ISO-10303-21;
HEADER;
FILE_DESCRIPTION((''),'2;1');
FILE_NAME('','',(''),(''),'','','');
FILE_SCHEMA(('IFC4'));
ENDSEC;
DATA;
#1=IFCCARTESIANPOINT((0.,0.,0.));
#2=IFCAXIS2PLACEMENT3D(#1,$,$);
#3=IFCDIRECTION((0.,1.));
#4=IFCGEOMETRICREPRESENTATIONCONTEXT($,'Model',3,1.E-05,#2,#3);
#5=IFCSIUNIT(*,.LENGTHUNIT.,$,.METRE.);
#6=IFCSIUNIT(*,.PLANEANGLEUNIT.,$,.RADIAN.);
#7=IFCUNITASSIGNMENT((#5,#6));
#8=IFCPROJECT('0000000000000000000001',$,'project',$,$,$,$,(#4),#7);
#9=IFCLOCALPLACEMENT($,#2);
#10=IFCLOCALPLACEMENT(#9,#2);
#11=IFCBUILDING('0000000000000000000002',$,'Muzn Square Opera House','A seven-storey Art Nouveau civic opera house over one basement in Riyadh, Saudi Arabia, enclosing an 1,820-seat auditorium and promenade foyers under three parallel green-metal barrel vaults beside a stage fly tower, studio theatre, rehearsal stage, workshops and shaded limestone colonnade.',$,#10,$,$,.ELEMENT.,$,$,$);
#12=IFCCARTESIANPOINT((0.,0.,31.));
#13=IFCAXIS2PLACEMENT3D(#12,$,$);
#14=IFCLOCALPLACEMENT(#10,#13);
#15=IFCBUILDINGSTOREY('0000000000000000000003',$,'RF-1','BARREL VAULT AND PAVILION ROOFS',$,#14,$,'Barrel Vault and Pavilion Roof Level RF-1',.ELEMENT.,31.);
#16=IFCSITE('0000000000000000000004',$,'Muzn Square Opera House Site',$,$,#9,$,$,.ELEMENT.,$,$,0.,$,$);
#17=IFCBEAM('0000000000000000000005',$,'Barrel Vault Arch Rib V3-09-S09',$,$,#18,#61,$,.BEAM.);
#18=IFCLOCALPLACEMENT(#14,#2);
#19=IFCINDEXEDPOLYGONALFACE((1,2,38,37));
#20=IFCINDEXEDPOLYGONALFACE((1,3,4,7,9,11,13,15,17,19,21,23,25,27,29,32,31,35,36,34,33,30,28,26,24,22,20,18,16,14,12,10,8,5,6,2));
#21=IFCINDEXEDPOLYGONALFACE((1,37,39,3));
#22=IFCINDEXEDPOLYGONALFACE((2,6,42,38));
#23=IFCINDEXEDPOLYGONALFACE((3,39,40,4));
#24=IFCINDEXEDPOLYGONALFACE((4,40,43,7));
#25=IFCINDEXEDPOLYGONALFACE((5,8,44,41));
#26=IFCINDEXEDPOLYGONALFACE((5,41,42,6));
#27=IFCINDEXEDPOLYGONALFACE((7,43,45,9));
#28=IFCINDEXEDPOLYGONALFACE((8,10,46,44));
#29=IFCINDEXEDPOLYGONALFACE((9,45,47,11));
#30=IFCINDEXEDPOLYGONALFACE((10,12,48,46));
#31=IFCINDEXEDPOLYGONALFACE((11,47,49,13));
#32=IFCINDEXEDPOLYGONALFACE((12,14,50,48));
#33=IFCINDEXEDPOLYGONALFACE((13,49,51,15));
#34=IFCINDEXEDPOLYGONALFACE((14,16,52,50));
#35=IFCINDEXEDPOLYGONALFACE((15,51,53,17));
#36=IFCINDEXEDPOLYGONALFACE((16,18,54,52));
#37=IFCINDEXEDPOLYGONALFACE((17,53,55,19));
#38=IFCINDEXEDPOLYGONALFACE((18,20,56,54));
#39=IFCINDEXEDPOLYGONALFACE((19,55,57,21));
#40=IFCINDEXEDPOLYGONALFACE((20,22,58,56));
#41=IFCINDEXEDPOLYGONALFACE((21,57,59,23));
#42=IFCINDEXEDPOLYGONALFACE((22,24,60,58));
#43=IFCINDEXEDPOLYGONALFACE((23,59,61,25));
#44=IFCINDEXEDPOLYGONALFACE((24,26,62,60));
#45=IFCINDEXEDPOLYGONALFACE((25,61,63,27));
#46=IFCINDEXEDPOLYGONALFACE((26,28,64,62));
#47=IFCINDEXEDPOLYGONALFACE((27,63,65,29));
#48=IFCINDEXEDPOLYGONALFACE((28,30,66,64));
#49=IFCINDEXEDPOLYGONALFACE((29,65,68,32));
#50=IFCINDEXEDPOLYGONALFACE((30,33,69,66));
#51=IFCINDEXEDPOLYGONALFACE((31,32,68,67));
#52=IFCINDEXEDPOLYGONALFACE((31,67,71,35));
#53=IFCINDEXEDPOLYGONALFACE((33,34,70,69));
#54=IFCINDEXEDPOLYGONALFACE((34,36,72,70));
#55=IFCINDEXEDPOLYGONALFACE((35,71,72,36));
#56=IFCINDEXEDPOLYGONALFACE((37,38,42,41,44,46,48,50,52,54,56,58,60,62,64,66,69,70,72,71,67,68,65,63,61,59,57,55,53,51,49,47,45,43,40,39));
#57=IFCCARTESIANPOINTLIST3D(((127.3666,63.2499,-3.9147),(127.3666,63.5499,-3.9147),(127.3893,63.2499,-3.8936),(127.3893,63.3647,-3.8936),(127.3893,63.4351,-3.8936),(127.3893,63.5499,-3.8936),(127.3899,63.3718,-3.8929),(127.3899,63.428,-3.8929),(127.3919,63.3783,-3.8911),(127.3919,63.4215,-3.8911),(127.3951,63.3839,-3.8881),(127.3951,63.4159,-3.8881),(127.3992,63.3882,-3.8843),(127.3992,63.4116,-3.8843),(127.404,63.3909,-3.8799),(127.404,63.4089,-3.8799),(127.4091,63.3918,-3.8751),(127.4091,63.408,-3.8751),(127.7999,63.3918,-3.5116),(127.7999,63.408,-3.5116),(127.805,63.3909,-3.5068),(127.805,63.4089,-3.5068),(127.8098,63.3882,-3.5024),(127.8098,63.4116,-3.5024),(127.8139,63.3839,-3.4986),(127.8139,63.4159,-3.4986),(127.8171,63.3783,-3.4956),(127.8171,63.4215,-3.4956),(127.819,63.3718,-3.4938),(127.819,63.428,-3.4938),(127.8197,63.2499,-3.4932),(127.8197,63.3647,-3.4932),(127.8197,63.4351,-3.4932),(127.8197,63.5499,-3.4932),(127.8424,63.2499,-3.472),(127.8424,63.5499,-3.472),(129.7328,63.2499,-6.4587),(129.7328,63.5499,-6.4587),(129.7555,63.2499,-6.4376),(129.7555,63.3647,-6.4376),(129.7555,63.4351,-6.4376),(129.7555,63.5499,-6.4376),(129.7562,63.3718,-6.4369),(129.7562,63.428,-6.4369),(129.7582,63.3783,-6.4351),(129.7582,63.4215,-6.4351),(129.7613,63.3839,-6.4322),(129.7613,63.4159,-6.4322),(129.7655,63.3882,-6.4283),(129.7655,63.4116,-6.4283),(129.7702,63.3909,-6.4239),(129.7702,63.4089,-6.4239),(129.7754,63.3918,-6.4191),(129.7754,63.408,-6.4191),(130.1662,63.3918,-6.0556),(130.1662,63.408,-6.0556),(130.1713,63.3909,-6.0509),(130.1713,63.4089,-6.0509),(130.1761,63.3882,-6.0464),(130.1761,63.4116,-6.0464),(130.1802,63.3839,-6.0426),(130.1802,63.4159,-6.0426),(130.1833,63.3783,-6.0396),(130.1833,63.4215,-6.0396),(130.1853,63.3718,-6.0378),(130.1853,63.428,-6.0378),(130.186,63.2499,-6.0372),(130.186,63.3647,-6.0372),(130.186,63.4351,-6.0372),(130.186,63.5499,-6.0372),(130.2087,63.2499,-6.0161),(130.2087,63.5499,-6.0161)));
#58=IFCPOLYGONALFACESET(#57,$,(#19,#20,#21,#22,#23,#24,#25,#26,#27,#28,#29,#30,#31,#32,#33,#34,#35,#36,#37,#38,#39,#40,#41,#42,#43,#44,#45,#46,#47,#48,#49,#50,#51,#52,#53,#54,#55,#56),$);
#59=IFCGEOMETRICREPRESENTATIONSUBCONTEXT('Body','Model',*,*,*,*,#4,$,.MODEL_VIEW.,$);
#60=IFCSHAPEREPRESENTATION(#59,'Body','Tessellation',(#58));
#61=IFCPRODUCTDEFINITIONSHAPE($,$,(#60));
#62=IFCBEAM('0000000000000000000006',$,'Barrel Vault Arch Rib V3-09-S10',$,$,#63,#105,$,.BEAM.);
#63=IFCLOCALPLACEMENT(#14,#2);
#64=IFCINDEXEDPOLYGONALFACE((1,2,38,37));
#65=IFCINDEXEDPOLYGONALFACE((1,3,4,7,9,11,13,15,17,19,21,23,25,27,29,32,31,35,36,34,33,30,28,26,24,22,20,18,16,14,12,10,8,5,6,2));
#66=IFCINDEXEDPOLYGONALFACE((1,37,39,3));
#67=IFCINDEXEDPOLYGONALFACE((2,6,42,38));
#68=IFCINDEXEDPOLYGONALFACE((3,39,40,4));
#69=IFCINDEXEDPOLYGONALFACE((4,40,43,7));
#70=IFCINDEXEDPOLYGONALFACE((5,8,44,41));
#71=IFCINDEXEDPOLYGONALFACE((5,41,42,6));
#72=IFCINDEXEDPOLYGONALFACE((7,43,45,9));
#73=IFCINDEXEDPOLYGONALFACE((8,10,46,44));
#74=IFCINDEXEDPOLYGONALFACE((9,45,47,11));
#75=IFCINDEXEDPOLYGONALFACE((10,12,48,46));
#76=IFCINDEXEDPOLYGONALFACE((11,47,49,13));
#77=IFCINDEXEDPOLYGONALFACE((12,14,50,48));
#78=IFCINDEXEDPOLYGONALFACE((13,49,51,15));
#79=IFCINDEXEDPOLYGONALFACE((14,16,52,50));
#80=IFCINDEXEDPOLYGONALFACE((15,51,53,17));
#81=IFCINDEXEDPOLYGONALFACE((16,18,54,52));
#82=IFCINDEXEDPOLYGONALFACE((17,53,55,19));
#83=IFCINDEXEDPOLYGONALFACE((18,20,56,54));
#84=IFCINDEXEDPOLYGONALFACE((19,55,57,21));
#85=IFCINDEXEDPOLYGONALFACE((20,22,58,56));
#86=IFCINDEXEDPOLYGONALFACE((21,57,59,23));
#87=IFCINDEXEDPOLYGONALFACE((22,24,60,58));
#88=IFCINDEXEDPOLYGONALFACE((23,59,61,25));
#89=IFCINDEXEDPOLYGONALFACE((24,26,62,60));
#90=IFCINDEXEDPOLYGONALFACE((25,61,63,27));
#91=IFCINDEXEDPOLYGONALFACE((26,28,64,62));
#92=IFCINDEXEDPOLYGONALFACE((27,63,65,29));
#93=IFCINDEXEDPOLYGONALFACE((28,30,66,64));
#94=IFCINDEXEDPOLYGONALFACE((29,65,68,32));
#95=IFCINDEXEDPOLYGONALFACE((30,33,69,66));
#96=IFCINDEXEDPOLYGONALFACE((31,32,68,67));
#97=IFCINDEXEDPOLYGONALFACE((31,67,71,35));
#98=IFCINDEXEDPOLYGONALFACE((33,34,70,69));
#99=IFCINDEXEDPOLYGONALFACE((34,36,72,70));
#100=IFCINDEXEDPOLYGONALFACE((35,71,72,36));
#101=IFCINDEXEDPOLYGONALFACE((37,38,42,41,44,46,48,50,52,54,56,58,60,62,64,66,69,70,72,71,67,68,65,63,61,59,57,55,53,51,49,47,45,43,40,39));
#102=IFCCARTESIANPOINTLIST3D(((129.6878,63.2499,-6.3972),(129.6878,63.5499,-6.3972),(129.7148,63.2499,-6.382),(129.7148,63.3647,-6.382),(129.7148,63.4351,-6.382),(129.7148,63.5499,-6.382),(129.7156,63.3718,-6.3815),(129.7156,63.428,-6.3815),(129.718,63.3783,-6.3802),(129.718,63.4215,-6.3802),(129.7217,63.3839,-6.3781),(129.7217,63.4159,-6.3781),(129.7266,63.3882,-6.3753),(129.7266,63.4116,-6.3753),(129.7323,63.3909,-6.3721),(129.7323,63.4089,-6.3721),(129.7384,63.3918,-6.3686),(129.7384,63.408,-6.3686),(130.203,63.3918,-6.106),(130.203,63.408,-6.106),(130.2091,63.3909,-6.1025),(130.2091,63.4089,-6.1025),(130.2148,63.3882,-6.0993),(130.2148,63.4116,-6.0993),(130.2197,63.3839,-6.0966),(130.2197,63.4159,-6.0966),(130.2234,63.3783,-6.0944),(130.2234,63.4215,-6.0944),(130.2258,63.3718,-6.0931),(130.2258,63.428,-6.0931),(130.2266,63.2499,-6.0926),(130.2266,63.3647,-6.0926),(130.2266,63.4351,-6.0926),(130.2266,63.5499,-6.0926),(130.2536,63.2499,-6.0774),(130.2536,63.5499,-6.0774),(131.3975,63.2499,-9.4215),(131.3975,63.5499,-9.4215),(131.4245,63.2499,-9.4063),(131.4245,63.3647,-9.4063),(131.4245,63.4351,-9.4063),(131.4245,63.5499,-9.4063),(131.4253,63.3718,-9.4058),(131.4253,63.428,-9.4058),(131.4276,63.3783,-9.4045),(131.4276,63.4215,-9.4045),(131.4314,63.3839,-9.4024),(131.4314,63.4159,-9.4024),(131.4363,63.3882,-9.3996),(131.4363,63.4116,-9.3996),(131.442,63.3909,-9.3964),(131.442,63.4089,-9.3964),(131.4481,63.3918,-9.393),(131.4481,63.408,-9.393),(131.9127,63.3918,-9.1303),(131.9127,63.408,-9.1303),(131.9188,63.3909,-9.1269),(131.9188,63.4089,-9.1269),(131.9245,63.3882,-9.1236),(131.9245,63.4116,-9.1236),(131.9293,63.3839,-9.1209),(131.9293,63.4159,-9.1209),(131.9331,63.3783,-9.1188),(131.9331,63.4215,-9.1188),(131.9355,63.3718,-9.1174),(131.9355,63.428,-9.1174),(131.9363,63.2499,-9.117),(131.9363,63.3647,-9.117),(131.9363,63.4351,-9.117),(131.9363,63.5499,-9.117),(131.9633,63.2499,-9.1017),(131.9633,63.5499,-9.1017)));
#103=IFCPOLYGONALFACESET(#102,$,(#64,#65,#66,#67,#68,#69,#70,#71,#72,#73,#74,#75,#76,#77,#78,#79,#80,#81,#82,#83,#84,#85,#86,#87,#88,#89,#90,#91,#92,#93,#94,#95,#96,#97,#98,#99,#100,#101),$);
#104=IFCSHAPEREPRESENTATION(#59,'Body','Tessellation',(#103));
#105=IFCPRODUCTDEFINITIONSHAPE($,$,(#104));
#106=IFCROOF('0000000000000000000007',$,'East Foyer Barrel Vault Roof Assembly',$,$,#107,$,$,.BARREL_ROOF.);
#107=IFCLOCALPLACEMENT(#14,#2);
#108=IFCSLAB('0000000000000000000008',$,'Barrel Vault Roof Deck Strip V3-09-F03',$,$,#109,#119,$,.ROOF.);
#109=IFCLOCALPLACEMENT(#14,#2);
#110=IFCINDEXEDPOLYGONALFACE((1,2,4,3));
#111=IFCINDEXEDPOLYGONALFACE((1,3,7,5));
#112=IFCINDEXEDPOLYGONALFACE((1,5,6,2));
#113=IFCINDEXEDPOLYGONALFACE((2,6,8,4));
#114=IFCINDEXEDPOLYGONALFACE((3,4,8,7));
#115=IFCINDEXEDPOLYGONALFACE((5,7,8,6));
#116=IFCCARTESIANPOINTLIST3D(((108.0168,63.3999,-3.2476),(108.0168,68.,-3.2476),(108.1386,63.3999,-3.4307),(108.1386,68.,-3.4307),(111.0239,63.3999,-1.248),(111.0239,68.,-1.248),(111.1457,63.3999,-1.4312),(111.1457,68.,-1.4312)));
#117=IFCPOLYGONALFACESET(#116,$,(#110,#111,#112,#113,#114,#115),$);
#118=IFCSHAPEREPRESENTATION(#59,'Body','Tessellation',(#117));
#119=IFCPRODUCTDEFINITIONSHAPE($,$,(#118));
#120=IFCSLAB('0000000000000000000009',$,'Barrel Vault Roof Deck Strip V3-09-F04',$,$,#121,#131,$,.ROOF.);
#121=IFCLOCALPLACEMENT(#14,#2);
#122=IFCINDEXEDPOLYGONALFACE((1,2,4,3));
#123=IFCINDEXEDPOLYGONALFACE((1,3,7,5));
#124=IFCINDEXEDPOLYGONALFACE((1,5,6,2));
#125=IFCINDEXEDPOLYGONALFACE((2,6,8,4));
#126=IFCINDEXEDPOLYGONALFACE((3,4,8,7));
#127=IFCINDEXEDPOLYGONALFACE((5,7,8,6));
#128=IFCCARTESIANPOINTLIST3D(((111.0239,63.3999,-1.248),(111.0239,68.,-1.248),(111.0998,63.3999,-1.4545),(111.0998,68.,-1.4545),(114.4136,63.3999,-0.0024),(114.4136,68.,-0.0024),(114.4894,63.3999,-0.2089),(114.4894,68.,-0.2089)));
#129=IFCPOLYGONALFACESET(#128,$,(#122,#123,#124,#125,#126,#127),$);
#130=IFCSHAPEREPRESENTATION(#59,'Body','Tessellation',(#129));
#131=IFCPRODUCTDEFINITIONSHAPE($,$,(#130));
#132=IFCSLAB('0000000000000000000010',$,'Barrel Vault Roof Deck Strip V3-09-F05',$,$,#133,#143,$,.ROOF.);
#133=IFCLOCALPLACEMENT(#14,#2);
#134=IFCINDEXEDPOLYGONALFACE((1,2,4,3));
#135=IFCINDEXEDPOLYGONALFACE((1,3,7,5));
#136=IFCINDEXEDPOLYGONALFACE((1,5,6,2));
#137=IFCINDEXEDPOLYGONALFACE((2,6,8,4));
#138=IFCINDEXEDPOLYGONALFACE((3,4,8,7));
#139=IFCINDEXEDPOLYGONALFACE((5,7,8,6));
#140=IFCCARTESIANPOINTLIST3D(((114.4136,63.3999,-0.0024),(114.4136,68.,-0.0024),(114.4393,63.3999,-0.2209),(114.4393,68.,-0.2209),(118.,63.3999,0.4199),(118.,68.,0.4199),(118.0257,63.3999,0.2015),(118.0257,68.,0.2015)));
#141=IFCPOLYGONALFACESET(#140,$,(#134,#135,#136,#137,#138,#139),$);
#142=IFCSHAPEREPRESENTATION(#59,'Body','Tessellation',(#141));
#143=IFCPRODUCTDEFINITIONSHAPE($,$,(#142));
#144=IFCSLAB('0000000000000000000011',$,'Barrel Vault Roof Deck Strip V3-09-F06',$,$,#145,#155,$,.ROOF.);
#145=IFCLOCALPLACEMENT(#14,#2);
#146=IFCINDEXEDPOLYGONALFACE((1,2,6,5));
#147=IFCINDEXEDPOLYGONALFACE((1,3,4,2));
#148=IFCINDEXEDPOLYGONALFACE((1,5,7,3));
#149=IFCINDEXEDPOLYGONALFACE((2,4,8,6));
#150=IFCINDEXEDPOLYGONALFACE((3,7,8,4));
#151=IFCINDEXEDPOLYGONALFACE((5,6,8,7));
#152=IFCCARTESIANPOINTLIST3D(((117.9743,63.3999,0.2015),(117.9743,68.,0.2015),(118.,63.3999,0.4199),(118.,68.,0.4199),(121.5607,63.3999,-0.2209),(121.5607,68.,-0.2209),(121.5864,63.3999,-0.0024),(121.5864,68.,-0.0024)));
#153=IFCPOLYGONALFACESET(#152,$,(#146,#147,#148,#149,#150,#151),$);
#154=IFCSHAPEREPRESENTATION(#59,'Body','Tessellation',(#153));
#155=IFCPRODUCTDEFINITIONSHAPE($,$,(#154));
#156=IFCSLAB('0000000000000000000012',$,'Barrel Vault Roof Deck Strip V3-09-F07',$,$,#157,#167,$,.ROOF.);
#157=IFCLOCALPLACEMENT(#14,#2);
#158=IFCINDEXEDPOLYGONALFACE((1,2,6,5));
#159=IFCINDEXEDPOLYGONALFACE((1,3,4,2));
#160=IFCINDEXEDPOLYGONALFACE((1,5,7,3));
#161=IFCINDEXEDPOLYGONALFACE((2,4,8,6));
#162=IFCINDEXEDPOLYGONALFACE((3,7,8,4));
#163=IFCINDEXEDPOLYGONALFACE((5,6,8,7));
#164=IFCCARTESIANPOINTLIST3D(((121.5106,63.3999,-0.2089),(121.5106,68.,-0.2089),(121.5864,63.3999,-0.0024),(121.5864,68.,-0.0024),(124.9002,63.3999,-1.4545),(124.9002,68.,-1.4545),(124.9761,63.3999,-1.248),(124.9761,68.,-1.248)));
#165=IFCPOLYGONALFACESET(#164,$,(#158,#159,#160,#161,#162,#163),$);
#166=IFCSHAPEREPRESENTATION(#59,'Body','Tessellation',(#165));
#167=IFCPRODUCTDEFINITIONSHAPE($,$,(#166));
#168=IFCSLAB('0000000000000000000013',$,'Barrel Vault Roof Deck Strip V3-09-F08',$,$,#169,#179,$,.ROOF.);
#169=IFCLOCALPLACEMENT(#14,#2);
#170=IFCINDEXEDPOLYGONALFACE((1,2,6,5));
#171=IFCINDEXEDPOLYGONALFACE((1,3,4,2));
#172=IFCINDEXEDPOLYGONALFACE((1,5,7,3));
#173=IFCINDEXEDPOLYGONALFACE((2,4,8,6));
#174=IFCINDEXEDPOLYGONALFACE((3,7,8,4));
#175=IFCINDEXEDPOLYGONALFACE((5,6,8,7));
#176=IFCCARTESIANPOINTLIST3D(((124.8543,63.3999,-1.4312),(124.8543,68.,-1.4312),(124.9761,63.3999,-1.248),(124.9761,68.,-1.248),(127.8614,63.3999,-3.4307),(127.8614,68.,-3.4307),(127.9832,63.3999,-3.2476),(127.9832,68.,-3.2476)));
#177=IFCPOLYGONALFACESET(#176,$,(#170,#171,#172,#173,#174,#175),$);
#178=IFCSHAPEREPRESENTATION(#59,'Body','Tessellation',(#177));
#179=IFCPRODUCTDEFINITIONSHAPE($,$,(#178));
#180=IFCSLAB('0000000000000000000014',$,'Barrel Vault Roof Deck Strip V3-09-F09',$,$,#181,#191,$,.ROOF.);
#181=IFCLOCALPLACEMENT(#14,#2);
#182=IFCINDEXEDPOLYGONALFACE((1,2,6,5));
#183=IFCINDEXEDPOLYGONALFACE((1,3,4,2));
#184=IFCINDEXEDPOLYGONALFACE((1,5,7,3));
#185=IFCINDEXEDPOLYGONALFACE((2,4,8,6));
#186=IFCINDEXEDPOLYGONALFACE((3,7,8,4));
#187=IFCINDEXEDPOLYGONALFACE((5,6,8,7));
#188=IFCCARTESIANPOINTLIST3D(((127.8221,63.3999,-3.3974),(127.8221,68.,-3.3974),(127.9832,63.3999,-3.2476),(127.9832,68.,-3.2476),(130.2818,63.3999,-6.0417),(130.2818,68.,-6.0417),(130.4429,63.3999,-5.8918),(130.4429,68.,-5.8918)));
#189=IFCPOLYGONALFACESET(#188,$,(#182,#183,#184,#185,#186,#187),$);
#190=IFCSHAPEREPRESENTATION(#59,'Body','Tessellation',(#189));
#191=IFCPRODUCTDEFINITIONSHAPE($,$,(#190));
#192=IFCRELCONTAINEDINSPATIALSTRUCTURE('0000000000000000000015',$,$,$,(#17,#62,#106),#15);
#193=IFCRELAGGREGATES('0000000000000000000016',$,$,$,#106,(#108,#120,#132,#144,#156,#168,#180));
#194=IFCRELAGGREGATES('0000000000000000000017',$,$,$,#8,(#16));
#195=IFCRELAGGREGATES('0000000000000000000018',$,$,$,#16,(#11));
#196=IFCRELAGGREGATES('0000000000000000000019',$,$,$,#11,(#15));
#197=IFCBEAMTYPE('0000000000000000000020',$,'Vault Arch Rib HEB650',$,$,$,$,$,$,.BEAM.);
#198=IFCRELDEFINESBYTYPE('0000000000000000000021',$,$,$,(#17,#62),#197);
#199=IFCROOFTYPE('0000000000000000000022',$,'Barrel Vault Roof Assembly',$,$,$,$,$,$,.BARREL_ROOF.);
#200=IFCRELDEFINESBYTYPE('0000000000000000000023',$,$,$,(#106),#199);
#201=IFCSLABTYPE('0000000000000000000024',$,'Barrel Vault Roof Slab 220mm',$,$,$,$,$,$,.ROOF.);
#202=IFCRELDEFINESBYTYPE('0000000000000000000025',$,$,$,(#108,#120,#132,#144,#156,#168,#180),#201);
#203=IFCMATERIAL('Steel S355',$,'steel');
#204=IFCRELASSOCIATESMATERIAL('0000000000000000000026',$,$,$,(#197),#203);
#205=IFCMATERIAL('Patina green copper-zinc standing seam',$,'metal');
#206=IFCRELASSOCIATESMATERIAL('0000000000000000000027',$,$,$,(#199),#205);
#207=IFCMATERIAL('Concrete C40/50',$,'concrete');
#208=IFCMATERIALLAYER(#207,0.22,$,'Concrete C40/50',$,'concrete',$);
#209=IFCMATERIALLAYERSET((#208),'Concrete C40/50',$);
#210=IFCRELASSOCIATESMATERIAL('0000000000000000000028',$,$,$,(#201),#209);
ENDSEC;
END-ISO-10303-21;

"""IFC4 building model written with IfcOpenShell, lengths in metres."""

from ifc_helpers import new_model, si_unit, direction, frame, origin, origin_2d, place, context, subcontext, project, spatial, polyline, i_section, outline, extrude, material, layer, layer_set, material_profile, profile_set, type_object, element, aggregate, save


model = new_model("IFC4")

# Units and contexts
model_context = context("Model", 3, precision=1e-05, world=origin(), true_north=direction((0.0, 1.0)))
body_context = subcontext(model_context, "Body", "Model", "MODEL_VIEW")
ifc_project = project(units=[si_unit("LENGTHUNIT", "METRE"), si_unit("PLANEANGLEUNIT", "RADIAN")], contexts=[model_context])

# Site, building, storey
site_placement = place(None, origin())
site = spatial("IfcSite", under=ifc_project, at=site_placement, Name="Muzn Square Opera House Site", CompositionType="ELEMENT", RefElevation=0.0)
building_placement = place(site_placement, origin())
building = spatial("IfcBuilding", under=site, at=building_placement, Name="Muzn Square Opera House", Description="A seven-storey Art Nouveau civic opera house over one basement in Riyadh, Saudi Arabia, enclosing an 1,820-seat auditorium and promenade foyers under three parallel green-metal barrel vaults beside a stage fly tower, studio theatre, rehearsal stage, workshops and shaded limestone colonnade.", CompositionType="ELEMENT")
storey_placement = place(building_placement, frame((0.0, 0.0, 31.0)))
storey = spatial("IfcBuildingStorey", under=building, at=storey_placement, Name="RF-1", Description="BARREL VAULT AND PAVILION ROOFS", LongName="Barrel Vault and Pavilion Roof Level RF-1", CompositionType="ELEMENT", Elevation=31.0)

# Beams
ifc_material_1 = material(Name="Steel S355", Category="steel")
ifc_material_profile_1 = material_profile(ifc_material_1, i_section(OverallWidth=0.3, OverallDepth=0.6499, WebThickness=0.0161, FlangeThickness=0.031, FilletRadius=0.0271, at=origin_2d()), Name="HEB 650", Category="steel")
ifc_profile_set_1 = profile_set([ifc_material_profile_1], Name="Steel S355")
beam_type_1 = type_object("IfcBeamType", Name="Vault Arch Rib HEB650", PredefinedType="BEAM", material=ifc_profile_set_1)
for number, where, z_axis, x_axis, name in (
    (1, (127.6045, 63.3999, -3.6934), (0.681065, 0.0, -0.732223), (0.0, 1.0, 0.0), "Barrel Vault Arch Rib V3-09-S09"),
):
    element("IfcBeam", number, at=place(storey_placement, frame(where, z_axis=z_axis, x_axis=x_axis)), inside=storey, type_object=beam_type_1, Name=name, PredefinedType="BEAM", context=body_context, shape_type="SweptSolid", body=[
        extrude(i_section(OverallWidth=0.3, OverallDepth=0.6499, WebThickness=0.0161, FlangeThickness=0.031, FilletRadius=0.0271, at=origin_2d()), origin(), (0.0, 0.0, 1.0), 3.4744),
    ])
beam_1_placement = place(storey_placement, frame((129.9707, 63.3999, -6.2373), z_axis=(0.492115, 0.0, -0.87053), x_axis=(0.0, 1.0, 0.0)))
element("IfcBeam", 2, at=beam_1_placement, inside=storey, type_object=beam_type_1, Name="Barrel Vault Arch Rib V3-09-S10", PredefinedType="BEAM", context=body_context, shape_type="SweptSolid", body=[
    extrude(i_section(OverallWidth=0.3, OverallDepth=0.6499, WebThickness=0.0161, FlangeThickness=0.031, FilletRadius=0.0271, at=origin_2d()), origin(), (0.0, 0.0, 1.0), 3.4741),
])

# Roof, slabs
ifc_material_2 = material(Name="Patina green copper-zinc standing seam", Category="metal")
roof_type = type_object("IfcRoofType", Name="Barrel Vault Roof Assembly", PredefinedType="BARREL_ROOF", material=ifc_material_2)
roof_placement = place(storey_placement, origin())
roof = element("IfcRoof", 3, at=roof_placement, inside=storey, type_object=roof_type, Name="East Foyer Barrel Vault Roof Assembly", PredefinedType="BARREL_ROOF")
ifc_material_3 = material(Name="Concrete C40/50", Category="concrete")
ifc_layer_1 = layer(ifc_material_3, 0.22, Name="Concrete C40/50", Category="concrete")
ifc_layer_set_1 = layer_set([ifc_layer_1], Name="Concrete C40/50")
slab_type = type_object("IfcSlabType", Name="Barrel Vault Roof Slab 220mm", PredefinedType="ROOF", material=ifc_layer_set_1)
slab_1_placement = place(storey_placement, frame((111.0239, 63.3999, -1.248), z_axis=(-0.553701, 0.0, 0.832715), x_axis=(0.0, 1.0, 0.0)))
slab_1 = element("IfcSlab", 4, at=slab_1_placement, type_object=slab_type, Name="Barrel Vault Roof Deck Strip V3-09-F03", PredefinedType="ROOF", context=body_context, shape_type="SweptSolid", body=[
    extrude(outline(polyline([(0.0, 3.6112), (0.0, 0.0), (4.6001, 0.0), (4.6001, 3.6112), (0.0, 3.6112)])), origin(), (0.0, 0.0, -1.0), 0.22),
])
slab_2_placement = place(storey_placement, frame((114.4136, 63.3999, -0.0024), z_axis=(-0.344922, 0.0, 0.938631), x_axis=(0.0, 1.0, 0.0)))
slab_2 = element("IfcSlab", 5, at=slab_2_placement, type_object=slab_type, Name="Barrel Vault Roof Deck Strip V3-09-F04", PredefinedType="ROOF", context=body_context, shape_type="SweptSolid", body=[
    extrude(outline(polyline([(0.0, 3.6113), (0.0, 0.0), (4.6001, 0.0), (4.6001, 3.6113), (0.0, 3.6113)])), origin(), (0.0, 0.0, -1.0), 0.22),
])
slab_3_placement = place(storey_placement, frame((118.0, 63.3999, 0.4199), z_axis=(-0.116959, 0.0, 0.993137), x_axis=(0.0, 1.0, 0.0)))
slab_3 = element("IfcSlab", 6, at=slab_3_placement, type_object=slab_type, Name="Barrel Vault Roof Deck Strip V3-09-F05", PredefinedType="ROOF", context=body_context, shape_type="SweptSolid", body=[
    extrude(outline(polyline([(0.0, 3.6112), (0.0, 0.0), (4.6001, 0.0), (4.6001, 3.6112), (0.0, 3.6112)])), origin(), (0.0, 0.0, -1.0), 0.22),
])
slab_4_placement = place(storey_placement, frame((118.0, 63.3999, 0.4199), z_axis=(0.116959, 0.0, 0.993137), x_axis=(0.993137, 0.0, -0.116959)))
slab_4 = element("IfcSlab", 7, at=slab_4_placement, type_object=slab_type, Name="Barrel Vault Roof Deck Strip V3-09-F06", PredefinedType="ROOF", context=body_context, shape_type="SweptSolid", body=[
    extrude(outline(polyline([(0.0, 0.0), (3.6112, 0.0), (3.6112, 4.6001), (0.0, 4.6001), (0.0, 0.0)])), origin(), (0.0, 0.0, -1.0), 0.22),
])
slab_5_placement = place(storey_placement, frame((121.5864, 63.3999, -0.0024), z_axis=(0.344922, 0.0, 0.938631), x_axis=(0.938631, 0.0, -0.344922)))
slab_5 = element("IfcSlab", 8, at=slab_5_placement, type_object=slab_type, Name="Barrel Vault Roof Deck Strip V3-09-F07", PredefinedType="ROOF", context=body_context, shape_type="SweptSolid", body=[
    extrude(outline(polyline([(0.0, 0.0), (3.6113, 0.0), (3.6113, 4.6001), (0.0, 4.6001), (0.0, 0.0)])), origin(), (0.0, 0.0, -1.0), 0.22),
])
slab_6_placement = place(storey_placement, frame((124.9761, 63.3999, -1.248), z_axis=(0.553701, 0.0, 0.832715), x_axis=(0.832715, 0.0, -0.553701)))
slab_6 = element("IfcSlab", 9, at=slab_6_placement, type_object=slab_type, Name="Barrel Vault Roof Deck Strip V3-09-F08", PredefinedType="ROOF", context=body_context, shape_type="SweptSolid", body=[
    extrude(outline(polyline([(0.0, 0.0), (3.6112, 0.0), (3.6112, 4.6001), (0.0, 4.6001), (0.0, 0.0)])), origin(), (0.0, 0.0, -1.0), 0.22),
])
slab_7_placement = place(storey_placement, frame((127.9832, 63.3999, -3.2476), z_axis=(0.732198, 0.0, 0.681091), x_axis=(0.681091, 0.0, -0.732198)))
slab_7 = element("IfcSlab", 10, at=slab_7_placement, type_object=slab_type, Name="Barrel Vault Roof Deck Strip V3-09-F09", PredefinedType="ROOF", context=body_context, shape_type="SweptSolid", body=[
    extrude(outline(polyline([(0.0, 0.0), (3.6114, 0.0), (3.6114, 4.6001), (0.0, 4.6001), (0.0, 0.0)])), origin(), (0.0, 0.0, -1.0), 0.22),
])
aggregate(roof, [slab_1, slab_2, slab_3, slab_4, slab_5, slab_6, slab_7])

save(model, "model.ifc")
